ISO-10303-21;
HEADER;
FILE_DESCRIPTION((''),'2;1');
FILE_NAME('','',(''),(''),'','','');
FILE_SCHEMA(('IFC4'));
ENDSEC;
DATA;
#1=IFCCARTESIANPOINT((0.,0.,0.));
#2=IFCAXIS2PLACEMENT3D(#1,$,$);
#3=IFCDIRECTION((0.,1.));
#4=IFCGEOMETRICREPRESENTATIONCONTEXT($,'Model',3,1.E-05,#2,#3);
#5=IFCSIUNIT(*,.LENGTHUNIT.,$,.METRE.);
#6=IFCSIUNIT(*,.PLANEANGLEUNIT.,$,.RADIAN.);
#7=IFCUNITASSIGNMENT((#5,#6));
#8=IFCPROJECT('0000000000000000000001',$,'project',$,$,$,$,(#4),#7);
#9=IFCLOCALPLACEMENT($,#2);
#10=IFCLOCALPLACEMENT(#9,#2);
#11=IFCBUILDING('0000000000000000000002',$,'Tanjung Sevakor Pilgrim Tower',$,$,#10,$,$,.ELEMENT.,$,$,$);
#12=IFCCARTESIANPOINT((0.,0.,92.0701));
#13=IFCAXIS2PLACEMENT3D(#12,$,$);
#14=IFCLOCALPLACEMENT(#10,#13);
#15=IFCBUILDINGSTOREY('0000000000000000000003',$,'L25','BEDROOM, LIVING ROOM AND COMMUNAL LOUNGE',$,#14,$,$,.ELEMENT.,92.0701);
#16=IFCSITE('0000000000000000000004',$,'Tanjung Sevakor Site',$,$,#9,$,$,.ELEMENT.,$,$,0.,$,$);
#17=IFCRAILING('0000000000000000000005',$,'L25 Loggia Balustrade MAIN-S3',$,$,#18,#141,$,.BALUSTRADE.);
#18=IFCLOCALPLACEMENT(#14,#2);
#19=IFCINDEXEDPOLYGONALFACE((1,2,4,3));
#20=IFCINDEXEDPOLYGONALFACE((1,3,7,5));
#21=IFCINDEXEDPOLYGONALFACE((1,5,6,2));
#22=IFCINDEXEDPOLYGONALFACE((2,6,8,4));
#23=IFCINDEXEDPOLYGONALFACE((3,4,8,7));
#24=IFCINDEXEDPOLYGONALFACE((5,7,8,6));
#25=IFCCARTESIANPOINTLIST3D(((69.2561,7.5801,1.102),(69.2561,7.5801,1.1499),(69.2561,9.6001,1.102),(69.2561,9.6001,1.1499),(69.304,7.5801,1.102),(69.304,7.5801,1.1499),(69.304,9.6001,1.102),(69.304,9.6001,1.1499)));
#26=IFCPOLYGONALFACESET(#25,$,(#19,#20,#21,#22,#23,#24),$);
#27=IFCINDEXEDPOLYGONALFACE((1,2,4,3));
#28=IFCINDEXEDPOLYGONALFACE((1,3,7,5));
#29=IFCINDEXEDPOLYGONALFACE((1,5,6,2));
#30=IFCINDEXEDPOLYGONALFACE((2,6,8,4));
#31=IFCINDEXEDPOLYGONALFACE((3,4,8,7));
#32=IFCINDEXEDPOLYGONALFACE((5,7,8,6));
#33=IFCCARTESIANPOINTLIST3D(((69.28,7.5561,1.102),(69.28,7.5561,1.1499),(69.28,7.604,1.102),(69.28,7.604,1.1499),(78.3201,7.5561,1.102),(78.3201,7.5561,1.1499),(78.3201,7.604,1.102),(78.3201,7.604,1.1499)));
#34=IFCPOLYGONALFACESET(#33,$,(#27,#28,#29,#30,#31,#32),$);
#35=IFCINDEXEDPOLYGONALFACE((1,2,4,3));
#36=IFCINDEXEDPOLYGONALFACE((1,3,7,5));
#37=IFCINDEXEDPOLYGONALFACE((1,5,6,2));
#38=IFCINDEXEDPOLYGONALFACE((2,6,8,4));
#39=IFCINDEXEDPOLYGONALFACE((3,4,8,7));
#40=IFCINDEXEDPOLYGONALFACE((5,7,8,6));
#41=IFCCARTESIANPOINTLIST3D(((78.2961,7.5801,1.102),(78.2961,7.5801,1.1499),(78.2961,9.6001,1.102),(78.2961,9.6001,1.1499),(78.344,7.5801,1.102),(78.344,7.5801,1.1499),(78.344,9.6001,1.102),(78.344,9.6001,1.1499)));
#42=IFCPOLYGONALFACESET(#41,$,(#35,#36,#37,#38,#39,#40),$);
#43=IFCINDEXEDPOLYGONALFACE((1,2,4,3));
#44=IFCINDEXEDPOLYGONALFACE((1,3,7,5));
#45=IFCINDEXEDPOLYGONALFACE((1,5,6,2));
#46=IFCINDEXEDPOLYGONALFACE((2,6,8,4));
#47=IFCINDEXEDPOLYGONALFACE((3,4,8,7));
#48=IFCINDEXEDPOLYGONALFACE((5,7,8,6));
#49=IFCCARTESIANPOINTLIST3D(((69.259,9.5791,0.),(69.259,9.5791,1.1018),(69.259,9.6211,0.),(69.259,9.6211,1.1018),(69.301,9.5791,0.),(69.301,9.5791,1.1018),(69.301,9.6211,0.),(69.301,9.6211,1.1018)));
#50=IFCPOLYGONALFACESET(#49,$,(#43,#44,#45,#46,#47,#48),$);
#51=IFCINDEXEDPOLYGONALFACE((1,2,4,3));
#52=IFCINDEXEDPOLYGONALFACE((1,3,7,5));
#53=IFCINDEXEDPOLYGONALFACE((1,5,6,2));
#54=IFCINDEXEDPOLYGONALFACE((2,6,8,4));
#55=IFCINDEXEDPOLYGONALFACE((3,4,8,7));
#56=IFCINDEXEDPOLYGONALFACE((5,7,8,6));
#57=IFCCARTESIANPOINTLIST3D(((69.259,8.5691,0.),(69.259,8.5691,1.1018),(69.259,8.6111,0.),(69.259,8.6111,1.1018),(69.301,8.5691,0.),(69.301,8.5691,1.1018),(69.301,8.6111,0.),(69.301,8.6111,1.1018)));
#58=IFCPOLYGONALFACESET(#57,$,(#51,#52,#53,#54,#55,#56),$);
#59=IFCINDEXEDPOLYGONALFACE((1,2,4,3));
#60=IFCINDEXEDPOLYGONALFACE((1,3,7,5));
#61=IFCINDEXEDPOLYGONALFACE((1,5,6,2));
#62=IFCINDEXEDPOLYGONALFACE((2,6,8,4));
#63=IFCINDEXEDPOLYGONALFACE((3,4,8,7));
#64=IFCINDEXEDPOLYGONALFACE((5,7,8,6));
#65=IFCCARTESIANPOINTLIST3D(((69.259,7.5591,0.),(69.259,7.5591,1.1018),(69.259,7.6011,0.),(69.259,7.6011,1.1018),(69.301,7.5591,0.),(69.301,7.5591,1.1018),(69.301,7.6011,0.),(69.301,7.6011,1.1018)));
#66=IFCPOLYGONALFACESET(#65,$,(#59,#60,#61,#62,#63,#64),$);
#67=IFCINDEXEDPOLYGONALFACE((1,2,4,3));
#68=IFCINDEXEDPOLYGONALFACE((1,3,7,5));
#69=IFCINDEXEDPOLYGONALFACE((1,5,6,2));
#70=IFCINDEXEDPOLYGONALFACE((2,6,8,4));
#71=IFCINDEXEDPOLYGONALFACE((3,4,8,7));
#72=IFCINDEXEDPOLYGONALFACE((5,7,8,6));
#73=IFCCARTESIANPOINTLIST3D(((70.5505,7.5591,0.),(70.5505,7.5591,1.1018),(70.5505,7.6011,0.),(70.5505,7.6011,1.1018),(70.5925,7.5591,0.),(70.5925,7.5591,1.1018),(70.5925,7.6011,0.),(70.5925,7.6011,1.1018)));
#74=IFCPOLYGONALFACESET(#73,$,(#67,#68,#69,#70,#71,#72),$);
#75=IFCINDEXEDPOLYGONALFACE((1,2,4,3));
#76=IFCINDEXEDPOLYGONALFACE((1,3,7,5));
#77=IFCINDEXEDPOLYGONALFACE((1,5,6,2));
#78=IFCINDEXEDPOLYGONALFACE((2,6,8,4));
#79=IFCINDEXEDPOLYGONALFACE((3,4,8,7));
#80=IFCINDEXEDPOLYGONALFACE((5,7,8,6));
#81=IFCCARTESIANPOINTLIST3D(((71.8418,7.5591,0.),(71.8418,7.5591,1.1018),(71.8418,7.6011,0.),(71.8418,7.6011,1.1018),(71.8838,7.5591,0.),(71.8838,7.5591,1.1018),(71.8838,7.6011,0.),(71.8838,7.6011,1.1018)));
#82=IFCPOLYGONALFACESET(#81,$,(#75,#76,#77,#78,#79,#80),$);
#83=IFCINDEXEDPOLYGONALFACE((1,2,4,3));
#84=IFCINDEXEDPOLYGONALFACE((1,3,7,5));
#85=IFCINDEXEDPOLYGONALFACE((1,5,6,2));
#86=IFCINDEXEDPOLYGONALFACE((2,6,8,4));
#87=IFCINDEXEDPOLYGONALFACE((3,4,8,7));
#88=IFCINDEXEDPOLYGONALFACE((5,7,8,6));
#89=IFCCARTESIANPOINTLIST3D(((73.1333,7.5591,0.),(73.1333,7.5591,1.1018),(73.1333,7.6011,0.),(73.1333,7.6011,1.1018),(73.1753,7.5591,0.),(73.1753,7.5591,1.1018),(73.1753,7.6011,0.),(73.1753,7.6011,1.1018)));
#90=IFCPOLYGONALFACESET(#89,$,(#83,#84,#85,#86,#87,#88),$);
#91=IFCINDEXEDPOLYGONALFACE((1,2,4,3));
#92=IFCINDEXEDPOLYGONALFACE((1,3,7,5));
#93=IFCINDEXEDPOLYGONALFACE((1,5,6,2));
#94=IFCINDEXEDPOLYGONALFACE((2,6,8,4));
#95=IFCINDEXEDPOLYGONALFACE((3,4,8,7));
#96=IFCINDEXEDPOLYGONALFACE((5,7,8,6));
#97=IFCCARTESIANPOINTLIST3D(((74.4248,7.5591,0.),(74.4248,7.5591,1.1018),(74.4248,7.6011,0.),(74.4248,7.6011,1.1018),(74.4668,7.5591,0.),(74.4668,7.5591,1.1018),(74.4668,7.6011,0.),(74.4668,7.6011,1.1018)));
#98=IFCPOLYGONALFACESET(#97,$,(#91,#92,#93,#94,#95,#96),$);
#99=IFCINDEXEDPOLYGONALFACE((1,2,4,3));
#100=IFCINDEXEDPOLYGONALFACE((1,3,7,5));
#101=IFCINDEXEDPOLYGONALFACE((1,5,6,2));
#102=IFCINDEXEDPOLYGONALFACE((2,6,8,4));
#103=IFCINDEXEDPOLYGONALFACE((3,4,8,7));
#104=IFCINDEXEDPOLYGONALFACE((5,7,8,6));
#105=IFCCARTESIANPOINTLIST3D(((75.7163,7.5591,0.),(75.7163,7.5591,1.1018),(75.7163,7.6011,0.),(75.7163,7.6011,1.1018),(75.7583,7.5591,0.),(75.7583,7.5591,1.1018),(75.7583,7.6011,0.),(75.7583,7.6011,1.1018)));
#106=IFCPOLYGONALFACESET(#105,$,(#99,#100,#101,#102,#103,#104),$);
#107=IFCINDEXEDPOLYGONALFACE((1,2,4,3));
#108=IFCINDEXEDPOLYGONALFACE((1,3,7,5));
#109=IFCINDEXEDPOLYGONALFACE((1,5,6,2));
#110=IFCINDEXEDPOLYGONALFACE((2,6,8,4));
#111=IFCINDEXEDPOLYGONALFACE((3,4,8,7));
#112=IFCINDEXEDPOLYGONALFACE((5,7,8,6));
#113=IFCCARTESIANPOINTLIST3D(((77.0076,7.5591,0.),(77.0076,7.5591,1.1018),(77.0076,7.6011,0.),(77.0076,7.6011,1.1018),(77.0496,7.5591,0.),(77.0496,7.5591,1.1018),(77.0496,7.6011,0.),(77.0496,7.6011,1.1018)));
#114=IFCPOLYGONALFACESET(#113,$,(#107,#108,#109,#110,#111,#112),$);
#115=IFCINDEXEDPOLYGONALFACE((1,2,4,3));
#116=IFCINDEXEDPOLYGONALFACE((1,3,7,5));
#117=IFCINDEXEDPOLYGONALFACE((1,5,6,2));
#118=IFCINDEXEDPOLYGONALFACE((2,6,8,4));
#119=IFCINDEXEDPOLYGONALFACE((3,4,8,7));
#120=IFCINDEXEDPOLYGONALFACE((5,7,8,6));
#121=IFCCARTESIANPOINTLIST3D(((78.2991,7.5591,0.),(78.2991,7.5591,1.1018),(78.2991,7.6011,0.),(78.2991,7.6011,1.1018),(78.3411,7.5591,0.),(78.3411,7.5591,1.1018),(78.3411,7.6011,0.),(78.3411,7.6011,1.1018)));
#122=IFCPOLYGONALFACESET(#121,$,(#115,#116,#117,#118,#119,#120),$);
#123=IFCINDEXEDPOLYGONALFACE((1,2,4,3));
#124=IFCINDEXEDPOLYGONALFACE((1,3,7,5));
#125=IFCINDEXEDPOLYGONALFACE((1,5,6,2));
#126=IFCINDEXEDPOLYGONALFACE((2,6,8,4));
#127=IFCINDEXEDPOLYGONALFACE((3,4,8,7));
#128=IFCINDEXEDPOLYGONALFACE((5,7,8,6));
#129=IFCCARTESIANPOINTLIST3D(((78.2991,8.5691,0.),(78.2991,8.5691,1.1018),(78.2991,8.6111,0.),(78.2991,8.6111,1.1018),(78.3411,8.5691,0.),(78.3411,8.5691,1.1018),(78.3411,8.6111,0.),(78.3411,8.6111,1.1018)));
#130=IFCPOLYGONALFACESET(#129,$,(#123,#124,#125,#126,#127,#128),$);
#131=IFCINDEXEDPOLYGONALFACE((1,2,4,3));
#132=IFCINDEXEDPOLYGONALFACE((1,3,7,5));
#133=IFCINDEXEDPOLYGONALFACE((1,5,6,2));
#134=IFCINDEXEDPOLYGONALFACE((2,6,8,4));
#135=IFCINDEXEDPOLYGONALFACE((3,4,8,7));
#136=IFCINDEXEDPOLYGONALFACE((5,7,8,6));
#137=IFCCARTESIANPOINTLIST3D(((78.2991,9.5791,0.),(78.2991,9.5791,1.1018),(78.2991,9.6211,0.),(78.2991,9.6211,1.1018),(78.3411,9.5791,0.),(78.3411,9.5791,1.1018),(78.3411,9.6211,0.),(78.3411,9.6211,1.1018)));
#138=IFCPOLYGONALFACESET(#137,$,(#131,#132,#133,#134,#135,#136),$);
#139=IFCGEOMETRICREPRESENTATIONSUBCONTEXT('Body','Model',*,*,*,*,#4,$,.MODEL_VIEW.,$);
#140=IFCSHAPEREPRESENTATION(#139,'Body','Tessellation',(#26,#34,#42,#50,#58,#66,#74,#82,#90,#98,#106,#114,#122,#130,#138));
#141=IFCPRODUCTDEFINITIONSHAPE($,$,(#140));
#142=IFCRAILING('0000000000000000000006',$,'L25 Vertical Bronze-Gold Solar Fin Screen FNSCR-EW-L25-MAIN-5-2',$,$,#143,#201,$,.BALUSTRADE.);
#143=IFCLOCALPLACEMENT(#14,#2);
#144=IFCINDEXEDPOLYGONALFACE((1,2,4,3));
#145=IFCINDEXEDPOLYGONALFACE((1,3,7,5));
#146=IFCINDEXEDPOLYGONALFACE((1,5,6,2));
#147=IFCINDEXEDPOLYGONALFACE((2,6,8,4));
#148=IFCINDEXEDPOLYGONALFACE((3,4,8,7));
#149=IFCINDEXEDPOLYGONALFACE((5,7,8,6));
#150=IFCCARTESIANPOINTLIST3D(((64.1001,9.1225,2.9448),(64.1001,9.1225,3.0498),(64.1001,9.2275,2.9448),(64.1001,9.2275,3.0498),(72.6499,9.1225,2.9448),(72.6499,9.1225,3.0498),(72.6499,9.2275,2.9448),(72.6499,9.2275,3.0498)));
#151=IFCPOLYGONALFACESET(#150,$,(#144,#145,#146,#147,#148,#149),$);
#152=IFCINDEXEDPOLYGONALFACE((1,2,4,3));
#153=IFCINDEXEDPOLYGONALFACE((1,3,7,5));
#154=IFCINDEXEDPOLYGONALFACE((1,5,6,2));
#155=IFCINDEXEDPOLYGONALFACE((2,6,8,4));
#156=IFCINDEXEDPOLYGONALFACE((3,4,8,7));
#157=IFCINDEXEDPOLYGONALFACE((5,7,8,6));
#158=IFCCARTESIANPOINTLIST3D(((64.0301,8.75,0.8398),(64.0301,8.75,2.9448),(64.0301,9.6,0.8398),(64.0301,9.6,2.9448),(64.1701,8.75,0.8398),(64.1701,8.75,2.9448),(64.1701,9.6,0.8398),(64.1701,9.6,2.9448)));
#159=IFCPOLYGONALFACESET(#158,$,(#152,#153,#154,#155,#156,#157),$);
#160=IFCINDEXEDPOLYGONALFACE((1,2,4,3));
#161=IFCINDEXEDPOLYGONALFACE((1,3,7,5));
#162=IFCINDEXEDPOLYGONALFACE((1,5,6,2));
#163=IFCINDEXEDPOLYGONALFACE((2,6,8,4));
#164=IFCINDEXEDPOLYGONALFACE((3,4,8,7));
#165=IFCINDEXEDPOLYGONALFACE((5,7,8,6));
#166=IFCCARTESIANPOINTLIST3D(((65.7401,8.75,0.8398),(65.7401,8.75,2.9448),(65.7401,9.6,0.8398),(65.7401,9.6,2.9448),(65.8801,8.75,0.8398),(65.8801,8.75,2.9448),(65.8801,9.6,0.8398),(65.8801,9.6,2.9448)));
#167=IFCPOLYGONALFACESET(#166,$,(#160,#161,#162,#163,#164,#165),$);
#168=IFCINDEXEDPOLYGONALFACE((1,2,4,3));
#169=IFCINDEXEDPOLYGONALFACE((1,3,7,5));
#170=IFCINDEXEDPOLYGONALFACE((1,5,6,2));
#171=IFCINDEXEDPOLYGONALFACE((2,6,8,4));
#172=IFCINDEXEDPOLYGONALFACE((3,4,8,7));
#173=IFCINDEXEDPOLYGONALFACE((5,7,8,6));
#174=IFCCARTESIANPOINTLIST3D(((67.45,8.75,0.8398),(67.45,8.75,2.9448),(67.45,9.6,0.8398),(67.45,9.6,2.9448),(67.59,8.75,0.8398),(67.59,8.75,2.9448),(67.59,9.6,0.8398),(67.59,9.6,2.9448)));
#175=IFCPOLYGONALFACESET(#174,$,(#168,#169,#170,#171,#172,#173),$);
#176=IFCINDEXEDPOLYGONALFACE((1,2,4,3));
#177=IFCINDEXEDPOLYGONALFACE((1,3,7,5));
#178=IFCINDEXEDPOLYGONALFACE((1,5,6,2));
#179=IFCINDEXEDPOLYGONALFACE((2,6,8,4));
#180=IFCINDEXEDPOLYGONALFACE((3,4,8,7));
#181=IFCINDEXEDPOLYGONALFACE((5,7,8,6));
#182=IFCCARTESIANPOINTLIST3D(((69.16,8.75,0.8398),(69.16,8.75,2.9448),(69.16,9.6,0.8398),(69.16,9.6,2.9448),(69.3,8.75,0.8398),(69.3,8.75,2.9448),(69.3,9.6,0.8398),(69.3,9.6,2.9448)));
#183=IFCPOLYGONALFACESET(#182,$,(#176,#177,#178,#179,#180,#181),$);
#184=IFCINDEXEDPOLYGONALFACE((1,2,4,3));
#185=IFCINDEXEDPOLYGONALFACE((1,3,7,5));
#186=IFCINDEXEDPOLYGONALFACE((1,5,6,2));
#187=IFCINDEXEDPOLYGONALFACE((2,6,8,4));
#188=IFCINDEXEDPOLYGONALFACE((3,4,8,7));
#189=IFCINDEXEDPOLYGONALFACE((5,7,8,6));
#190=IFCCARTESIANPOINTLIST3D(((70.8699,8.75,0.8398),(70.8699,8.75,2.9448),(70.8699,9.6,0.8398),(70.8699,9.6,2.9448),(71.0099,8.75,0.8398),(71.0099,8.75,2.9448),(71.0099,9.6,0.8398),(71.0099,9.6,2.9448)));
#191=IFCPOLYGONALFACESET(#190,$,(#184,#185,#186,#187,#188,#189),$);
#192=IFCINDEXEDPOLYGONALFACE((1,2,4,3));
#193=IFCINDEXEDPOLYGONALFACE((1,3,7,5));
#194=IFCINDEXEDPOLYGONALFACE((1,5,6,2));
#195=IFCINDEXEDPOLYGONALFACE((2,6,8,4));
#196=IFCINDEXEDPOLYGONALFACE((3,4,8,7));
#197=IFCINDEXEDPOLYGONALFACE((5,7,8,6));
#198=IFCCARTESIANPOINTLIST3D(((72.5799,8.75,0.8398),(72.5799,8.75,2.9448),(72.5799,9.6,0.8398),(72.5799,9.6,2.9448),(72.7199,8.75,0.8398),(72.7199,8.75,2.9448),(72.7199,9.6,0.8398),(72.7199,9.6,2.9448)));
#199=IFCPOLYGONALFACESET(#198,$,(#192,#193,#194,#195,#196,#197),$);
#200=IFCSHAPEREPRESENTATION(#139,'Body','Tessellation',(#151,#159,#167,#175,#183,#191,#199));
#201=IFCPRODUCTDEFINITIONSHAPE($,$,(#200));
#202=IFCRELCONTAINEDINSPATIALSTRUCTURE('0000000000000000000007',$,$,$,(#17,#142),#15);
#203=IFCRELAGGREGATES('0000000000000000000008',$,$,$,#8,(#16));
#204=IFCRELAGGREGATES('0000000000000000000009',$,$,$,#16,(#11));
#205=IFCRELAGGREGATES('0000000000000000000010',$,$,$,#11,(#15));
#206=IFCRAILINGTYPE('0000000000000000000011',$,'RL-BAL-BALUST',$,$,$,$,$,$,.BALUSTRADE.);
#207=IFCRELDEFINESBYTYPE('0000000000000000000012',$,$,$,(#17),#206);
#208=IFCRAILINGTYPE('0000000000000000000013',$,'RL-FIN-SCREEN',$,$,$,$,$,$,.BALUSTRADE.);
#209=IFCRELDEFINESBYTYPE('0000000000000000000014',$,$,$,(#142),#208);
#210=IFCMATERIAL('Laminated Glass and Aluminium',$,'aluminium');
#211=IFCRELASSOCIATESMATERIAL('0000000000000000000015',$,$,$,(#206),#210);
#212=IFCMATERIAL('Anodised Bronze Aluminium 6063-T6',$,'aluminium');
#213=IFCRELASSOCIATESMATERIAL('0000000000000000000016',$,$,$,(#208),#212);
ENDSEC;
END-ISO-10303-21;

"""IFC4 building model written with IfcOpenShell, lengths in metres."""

from ifc_helpers import new_model, si_unit, direction, frame, origin, place, context, subcontext, project, spatial, rectangle, extrude, material, type_object, element, save


model = new_model("IFC4")

# Units and contexts
model_context = context("Model", 3, precision=1e-05, world=origin(), true_north=direction((0.0, 1.0)))
body_context = subcontext(model_context, "Body", "Model", "MODEL_VIEW")
ifc_project = project(units=[si_unit("LENGTHUNIT", "METRE"), si_unit("PLANEANGLEUNIT", "RADIAN")], contexts=[model_context])

# Site, building, storey
site_placement = place(None, origin())
site = spatial("IfcSite", under=ifc_project, at=site_placement, Name="Tanjung Sevakor Site", CompositionType="ELEMENT", RefElevation=0.0)
building_placement = place(site_placement, origin())
building = spatial("IfcBuilding", under=site, at=building_placement, Name="Tanjung Sevakor Pilgrim Tower", CompositionType="ELEMENT")
storey_placement = place(building_placement, frame((0.0, 0.0, 92.0701)))
storey = spatial("IfcBuildingStorey", under=building, at=storey_placement, Name="L25", Description="BEDROOM, LIVING ROOM AND COMMUNAL LOUNGE", CompositionType="ELEMENT", Elevation=92.0701)

# Railings
ifc_material_1 = material(Name="Laminated Glass and Aluminium", Category="aluminium")
railing_type_1 = type_object("IfcRailingType", Name="RL-BAL-BALUST", PredefinedType="BALUSTRADE", material=ifc_material_1)
railing_1_placement = place(storey_placement, frame((69.28, 9.6001, 0.0)))
element("IfcRailing", 1, at=railing_1_placement, inside=storey, type_object=railing_type_1, Name="L25 Loggia Balustrade MAIN-S3", PredefinedType="BALUSTRADE", context=body_context, shape_type="SweptSolid", body=[
    extrude(rectangle(XDim=0.0479, YDim=0.0479), frame((0.0, 0.0, 1.126), z_axis=(0.0, -1.0, 0.0), x_axis=(1.0, 0.0, 0.0)), (0.0, 0.0, 1.0), 2.02),
    extrude(rectangle(XDim=0.0479, YDim=0.0479), frame((0.0, -2.02, 1.126), z_axis=(1.0, 0.0, 0.0), x_axis=(0.0, 1.0, 0.0)), (0.0, 0.0, 1.0), 9.04),
    extrude(rectangle(XDim=0.0479, YDim=0.0479), frame((9.04, -2.02, 1.126), z_axis=(0.0, 1.0, 0.0), x_axis=(-1.0, 0.0, 0.0)), (0.0, 0.0, 1.0), 2.02),
    extrude(rectangle(XDim=0.042, YDim=0.042), origin(), (0.0, 0.0, 1.0), 1.1018),
    extrude(rectangle(XDim=0.042, YDim=0.042), frame((0.0, -1.01, 0.0)), (0.0, 0.0, 1.0), 1.1018),
    extrude(rectangle(XDim=0.042, YDim=0.042), frame((0.0, -2.02, 0.0)), (0.0, 0.0, 1.0), 1.1018),
    extrude(rectangle(XDim=0.042, YDim=0.042), frame((1.2915, -2.02, 0.0)), (0.0, 0.0, 1.0), 1.1018),
    extrude(rectangle(XDim=0.042, YDim=0.042), frame((2.5828, -2.02, 0.0)), (0.0, 0.0, 1.0), 1.1018),
    extrude(rectangle(XDim=0.042, YDim=0.042), frame((3.8743, -2.02, 0.0)), (0.0, 0.0, 1.0), 1.1018),
    extrude(rectangle(XDim=0.042, YDim=0.042), frame((5.1658, -2.02, 0.0)), (0.0, 0.0, 1.0), 1.1018),
    extrude(rectangle(XDim=0.042, YDim=0.042), frame((6.4573, -2.02, 0.0)), (0.0, 0.0, 1.0), 1.1018),
    extrude(rectangle(XDim=0.042, YDim=0.042), frame((7.7485, -2.02, 0.0)), (0.0, 0.0, 1.0), 1.1018),
    extrude(rectangle(XDim=0.042, YDim=0.042), frame((9.04, -2.02, 0.0)), (0.0, 0.0, 1.0), 1.1018),
    extrude(rectangle(XDim=0.042, YDim=0.042), frame((9.04, -1.01, 0.0)), (0.0, 0.0, 1.0), 1.1018),
    extrude(rectangle(XDim=0.042, YDim=0.042), frame((9.04, 0.0, 0.0)), (0.0, 0.0, 1.0), 1.1018),
])
ifc_material_2 = material(Name="Anodised Bronze Aluminium 6063-T6", Category="aluminium")
railing_type_2 = type_object("IfcRailingType", Name="RL-FIN-SCREEN", PredefinedType="BALUSTRADE", material=ifc_material_2)
railing_2_placement = place(storey_placement, frame((64.1001, 9.175, 0.8398)))
element("IfcRailing", 2, at=railing_2_placement, inside=storey, type_object=railing_type_2, Name="L25 Vertical Bronze-Gold Solar Fin Screen FNSCR-EW-L25-MAIN-5-2", PredefinedType="BALUSTRADE", context=body_context, shape_type="SweptSolid", body=[
    extrude(rectangle(XDim=0.105, YDim=0.105), frame((0.0, 0.0, 2.1575), z_axis=(1.0, 0.0, 0.0), x_axis=(0.0, 1.0, 0.0)), (0.0, 0.0, 1.0), 8.5498),
    extrude(rectangle(XDim=0.14, YDim=0.85), origin(), (0.0, 0.0, 1.0), 2.105),
    extrude(rectangle(XDim=0.14, YDim=0.85), frame((1.71, 0.0, 0.0)), (0.0, 0.0, 1.0), 2.105),
    extrude(rectangle(XDim=0.14, YDim=0.85), frame((3.4199, 0.0, 0.0)), (0.0, 0.0, 1.0), 2.105),
    extrude(rectangle(XDim=0.14, YDim=0.85), frame((5.1299, 0.0, 0.0)), (0.0, 0.0, 1.0), 2.105),
    extrude(rectangle(XDim=0.14, YDim=0.85), frame((6.8398, 0.0, 0.0)), (0.0, 0.0, 1.0), 2.105),
    extrude(rectangle(XDim=0.14, YDim=0.85), frame((8.5498, 0.0, 0.0)), (0.0, 0.0, 1.0), 2.105),
])

save(model, "model.ifc")
